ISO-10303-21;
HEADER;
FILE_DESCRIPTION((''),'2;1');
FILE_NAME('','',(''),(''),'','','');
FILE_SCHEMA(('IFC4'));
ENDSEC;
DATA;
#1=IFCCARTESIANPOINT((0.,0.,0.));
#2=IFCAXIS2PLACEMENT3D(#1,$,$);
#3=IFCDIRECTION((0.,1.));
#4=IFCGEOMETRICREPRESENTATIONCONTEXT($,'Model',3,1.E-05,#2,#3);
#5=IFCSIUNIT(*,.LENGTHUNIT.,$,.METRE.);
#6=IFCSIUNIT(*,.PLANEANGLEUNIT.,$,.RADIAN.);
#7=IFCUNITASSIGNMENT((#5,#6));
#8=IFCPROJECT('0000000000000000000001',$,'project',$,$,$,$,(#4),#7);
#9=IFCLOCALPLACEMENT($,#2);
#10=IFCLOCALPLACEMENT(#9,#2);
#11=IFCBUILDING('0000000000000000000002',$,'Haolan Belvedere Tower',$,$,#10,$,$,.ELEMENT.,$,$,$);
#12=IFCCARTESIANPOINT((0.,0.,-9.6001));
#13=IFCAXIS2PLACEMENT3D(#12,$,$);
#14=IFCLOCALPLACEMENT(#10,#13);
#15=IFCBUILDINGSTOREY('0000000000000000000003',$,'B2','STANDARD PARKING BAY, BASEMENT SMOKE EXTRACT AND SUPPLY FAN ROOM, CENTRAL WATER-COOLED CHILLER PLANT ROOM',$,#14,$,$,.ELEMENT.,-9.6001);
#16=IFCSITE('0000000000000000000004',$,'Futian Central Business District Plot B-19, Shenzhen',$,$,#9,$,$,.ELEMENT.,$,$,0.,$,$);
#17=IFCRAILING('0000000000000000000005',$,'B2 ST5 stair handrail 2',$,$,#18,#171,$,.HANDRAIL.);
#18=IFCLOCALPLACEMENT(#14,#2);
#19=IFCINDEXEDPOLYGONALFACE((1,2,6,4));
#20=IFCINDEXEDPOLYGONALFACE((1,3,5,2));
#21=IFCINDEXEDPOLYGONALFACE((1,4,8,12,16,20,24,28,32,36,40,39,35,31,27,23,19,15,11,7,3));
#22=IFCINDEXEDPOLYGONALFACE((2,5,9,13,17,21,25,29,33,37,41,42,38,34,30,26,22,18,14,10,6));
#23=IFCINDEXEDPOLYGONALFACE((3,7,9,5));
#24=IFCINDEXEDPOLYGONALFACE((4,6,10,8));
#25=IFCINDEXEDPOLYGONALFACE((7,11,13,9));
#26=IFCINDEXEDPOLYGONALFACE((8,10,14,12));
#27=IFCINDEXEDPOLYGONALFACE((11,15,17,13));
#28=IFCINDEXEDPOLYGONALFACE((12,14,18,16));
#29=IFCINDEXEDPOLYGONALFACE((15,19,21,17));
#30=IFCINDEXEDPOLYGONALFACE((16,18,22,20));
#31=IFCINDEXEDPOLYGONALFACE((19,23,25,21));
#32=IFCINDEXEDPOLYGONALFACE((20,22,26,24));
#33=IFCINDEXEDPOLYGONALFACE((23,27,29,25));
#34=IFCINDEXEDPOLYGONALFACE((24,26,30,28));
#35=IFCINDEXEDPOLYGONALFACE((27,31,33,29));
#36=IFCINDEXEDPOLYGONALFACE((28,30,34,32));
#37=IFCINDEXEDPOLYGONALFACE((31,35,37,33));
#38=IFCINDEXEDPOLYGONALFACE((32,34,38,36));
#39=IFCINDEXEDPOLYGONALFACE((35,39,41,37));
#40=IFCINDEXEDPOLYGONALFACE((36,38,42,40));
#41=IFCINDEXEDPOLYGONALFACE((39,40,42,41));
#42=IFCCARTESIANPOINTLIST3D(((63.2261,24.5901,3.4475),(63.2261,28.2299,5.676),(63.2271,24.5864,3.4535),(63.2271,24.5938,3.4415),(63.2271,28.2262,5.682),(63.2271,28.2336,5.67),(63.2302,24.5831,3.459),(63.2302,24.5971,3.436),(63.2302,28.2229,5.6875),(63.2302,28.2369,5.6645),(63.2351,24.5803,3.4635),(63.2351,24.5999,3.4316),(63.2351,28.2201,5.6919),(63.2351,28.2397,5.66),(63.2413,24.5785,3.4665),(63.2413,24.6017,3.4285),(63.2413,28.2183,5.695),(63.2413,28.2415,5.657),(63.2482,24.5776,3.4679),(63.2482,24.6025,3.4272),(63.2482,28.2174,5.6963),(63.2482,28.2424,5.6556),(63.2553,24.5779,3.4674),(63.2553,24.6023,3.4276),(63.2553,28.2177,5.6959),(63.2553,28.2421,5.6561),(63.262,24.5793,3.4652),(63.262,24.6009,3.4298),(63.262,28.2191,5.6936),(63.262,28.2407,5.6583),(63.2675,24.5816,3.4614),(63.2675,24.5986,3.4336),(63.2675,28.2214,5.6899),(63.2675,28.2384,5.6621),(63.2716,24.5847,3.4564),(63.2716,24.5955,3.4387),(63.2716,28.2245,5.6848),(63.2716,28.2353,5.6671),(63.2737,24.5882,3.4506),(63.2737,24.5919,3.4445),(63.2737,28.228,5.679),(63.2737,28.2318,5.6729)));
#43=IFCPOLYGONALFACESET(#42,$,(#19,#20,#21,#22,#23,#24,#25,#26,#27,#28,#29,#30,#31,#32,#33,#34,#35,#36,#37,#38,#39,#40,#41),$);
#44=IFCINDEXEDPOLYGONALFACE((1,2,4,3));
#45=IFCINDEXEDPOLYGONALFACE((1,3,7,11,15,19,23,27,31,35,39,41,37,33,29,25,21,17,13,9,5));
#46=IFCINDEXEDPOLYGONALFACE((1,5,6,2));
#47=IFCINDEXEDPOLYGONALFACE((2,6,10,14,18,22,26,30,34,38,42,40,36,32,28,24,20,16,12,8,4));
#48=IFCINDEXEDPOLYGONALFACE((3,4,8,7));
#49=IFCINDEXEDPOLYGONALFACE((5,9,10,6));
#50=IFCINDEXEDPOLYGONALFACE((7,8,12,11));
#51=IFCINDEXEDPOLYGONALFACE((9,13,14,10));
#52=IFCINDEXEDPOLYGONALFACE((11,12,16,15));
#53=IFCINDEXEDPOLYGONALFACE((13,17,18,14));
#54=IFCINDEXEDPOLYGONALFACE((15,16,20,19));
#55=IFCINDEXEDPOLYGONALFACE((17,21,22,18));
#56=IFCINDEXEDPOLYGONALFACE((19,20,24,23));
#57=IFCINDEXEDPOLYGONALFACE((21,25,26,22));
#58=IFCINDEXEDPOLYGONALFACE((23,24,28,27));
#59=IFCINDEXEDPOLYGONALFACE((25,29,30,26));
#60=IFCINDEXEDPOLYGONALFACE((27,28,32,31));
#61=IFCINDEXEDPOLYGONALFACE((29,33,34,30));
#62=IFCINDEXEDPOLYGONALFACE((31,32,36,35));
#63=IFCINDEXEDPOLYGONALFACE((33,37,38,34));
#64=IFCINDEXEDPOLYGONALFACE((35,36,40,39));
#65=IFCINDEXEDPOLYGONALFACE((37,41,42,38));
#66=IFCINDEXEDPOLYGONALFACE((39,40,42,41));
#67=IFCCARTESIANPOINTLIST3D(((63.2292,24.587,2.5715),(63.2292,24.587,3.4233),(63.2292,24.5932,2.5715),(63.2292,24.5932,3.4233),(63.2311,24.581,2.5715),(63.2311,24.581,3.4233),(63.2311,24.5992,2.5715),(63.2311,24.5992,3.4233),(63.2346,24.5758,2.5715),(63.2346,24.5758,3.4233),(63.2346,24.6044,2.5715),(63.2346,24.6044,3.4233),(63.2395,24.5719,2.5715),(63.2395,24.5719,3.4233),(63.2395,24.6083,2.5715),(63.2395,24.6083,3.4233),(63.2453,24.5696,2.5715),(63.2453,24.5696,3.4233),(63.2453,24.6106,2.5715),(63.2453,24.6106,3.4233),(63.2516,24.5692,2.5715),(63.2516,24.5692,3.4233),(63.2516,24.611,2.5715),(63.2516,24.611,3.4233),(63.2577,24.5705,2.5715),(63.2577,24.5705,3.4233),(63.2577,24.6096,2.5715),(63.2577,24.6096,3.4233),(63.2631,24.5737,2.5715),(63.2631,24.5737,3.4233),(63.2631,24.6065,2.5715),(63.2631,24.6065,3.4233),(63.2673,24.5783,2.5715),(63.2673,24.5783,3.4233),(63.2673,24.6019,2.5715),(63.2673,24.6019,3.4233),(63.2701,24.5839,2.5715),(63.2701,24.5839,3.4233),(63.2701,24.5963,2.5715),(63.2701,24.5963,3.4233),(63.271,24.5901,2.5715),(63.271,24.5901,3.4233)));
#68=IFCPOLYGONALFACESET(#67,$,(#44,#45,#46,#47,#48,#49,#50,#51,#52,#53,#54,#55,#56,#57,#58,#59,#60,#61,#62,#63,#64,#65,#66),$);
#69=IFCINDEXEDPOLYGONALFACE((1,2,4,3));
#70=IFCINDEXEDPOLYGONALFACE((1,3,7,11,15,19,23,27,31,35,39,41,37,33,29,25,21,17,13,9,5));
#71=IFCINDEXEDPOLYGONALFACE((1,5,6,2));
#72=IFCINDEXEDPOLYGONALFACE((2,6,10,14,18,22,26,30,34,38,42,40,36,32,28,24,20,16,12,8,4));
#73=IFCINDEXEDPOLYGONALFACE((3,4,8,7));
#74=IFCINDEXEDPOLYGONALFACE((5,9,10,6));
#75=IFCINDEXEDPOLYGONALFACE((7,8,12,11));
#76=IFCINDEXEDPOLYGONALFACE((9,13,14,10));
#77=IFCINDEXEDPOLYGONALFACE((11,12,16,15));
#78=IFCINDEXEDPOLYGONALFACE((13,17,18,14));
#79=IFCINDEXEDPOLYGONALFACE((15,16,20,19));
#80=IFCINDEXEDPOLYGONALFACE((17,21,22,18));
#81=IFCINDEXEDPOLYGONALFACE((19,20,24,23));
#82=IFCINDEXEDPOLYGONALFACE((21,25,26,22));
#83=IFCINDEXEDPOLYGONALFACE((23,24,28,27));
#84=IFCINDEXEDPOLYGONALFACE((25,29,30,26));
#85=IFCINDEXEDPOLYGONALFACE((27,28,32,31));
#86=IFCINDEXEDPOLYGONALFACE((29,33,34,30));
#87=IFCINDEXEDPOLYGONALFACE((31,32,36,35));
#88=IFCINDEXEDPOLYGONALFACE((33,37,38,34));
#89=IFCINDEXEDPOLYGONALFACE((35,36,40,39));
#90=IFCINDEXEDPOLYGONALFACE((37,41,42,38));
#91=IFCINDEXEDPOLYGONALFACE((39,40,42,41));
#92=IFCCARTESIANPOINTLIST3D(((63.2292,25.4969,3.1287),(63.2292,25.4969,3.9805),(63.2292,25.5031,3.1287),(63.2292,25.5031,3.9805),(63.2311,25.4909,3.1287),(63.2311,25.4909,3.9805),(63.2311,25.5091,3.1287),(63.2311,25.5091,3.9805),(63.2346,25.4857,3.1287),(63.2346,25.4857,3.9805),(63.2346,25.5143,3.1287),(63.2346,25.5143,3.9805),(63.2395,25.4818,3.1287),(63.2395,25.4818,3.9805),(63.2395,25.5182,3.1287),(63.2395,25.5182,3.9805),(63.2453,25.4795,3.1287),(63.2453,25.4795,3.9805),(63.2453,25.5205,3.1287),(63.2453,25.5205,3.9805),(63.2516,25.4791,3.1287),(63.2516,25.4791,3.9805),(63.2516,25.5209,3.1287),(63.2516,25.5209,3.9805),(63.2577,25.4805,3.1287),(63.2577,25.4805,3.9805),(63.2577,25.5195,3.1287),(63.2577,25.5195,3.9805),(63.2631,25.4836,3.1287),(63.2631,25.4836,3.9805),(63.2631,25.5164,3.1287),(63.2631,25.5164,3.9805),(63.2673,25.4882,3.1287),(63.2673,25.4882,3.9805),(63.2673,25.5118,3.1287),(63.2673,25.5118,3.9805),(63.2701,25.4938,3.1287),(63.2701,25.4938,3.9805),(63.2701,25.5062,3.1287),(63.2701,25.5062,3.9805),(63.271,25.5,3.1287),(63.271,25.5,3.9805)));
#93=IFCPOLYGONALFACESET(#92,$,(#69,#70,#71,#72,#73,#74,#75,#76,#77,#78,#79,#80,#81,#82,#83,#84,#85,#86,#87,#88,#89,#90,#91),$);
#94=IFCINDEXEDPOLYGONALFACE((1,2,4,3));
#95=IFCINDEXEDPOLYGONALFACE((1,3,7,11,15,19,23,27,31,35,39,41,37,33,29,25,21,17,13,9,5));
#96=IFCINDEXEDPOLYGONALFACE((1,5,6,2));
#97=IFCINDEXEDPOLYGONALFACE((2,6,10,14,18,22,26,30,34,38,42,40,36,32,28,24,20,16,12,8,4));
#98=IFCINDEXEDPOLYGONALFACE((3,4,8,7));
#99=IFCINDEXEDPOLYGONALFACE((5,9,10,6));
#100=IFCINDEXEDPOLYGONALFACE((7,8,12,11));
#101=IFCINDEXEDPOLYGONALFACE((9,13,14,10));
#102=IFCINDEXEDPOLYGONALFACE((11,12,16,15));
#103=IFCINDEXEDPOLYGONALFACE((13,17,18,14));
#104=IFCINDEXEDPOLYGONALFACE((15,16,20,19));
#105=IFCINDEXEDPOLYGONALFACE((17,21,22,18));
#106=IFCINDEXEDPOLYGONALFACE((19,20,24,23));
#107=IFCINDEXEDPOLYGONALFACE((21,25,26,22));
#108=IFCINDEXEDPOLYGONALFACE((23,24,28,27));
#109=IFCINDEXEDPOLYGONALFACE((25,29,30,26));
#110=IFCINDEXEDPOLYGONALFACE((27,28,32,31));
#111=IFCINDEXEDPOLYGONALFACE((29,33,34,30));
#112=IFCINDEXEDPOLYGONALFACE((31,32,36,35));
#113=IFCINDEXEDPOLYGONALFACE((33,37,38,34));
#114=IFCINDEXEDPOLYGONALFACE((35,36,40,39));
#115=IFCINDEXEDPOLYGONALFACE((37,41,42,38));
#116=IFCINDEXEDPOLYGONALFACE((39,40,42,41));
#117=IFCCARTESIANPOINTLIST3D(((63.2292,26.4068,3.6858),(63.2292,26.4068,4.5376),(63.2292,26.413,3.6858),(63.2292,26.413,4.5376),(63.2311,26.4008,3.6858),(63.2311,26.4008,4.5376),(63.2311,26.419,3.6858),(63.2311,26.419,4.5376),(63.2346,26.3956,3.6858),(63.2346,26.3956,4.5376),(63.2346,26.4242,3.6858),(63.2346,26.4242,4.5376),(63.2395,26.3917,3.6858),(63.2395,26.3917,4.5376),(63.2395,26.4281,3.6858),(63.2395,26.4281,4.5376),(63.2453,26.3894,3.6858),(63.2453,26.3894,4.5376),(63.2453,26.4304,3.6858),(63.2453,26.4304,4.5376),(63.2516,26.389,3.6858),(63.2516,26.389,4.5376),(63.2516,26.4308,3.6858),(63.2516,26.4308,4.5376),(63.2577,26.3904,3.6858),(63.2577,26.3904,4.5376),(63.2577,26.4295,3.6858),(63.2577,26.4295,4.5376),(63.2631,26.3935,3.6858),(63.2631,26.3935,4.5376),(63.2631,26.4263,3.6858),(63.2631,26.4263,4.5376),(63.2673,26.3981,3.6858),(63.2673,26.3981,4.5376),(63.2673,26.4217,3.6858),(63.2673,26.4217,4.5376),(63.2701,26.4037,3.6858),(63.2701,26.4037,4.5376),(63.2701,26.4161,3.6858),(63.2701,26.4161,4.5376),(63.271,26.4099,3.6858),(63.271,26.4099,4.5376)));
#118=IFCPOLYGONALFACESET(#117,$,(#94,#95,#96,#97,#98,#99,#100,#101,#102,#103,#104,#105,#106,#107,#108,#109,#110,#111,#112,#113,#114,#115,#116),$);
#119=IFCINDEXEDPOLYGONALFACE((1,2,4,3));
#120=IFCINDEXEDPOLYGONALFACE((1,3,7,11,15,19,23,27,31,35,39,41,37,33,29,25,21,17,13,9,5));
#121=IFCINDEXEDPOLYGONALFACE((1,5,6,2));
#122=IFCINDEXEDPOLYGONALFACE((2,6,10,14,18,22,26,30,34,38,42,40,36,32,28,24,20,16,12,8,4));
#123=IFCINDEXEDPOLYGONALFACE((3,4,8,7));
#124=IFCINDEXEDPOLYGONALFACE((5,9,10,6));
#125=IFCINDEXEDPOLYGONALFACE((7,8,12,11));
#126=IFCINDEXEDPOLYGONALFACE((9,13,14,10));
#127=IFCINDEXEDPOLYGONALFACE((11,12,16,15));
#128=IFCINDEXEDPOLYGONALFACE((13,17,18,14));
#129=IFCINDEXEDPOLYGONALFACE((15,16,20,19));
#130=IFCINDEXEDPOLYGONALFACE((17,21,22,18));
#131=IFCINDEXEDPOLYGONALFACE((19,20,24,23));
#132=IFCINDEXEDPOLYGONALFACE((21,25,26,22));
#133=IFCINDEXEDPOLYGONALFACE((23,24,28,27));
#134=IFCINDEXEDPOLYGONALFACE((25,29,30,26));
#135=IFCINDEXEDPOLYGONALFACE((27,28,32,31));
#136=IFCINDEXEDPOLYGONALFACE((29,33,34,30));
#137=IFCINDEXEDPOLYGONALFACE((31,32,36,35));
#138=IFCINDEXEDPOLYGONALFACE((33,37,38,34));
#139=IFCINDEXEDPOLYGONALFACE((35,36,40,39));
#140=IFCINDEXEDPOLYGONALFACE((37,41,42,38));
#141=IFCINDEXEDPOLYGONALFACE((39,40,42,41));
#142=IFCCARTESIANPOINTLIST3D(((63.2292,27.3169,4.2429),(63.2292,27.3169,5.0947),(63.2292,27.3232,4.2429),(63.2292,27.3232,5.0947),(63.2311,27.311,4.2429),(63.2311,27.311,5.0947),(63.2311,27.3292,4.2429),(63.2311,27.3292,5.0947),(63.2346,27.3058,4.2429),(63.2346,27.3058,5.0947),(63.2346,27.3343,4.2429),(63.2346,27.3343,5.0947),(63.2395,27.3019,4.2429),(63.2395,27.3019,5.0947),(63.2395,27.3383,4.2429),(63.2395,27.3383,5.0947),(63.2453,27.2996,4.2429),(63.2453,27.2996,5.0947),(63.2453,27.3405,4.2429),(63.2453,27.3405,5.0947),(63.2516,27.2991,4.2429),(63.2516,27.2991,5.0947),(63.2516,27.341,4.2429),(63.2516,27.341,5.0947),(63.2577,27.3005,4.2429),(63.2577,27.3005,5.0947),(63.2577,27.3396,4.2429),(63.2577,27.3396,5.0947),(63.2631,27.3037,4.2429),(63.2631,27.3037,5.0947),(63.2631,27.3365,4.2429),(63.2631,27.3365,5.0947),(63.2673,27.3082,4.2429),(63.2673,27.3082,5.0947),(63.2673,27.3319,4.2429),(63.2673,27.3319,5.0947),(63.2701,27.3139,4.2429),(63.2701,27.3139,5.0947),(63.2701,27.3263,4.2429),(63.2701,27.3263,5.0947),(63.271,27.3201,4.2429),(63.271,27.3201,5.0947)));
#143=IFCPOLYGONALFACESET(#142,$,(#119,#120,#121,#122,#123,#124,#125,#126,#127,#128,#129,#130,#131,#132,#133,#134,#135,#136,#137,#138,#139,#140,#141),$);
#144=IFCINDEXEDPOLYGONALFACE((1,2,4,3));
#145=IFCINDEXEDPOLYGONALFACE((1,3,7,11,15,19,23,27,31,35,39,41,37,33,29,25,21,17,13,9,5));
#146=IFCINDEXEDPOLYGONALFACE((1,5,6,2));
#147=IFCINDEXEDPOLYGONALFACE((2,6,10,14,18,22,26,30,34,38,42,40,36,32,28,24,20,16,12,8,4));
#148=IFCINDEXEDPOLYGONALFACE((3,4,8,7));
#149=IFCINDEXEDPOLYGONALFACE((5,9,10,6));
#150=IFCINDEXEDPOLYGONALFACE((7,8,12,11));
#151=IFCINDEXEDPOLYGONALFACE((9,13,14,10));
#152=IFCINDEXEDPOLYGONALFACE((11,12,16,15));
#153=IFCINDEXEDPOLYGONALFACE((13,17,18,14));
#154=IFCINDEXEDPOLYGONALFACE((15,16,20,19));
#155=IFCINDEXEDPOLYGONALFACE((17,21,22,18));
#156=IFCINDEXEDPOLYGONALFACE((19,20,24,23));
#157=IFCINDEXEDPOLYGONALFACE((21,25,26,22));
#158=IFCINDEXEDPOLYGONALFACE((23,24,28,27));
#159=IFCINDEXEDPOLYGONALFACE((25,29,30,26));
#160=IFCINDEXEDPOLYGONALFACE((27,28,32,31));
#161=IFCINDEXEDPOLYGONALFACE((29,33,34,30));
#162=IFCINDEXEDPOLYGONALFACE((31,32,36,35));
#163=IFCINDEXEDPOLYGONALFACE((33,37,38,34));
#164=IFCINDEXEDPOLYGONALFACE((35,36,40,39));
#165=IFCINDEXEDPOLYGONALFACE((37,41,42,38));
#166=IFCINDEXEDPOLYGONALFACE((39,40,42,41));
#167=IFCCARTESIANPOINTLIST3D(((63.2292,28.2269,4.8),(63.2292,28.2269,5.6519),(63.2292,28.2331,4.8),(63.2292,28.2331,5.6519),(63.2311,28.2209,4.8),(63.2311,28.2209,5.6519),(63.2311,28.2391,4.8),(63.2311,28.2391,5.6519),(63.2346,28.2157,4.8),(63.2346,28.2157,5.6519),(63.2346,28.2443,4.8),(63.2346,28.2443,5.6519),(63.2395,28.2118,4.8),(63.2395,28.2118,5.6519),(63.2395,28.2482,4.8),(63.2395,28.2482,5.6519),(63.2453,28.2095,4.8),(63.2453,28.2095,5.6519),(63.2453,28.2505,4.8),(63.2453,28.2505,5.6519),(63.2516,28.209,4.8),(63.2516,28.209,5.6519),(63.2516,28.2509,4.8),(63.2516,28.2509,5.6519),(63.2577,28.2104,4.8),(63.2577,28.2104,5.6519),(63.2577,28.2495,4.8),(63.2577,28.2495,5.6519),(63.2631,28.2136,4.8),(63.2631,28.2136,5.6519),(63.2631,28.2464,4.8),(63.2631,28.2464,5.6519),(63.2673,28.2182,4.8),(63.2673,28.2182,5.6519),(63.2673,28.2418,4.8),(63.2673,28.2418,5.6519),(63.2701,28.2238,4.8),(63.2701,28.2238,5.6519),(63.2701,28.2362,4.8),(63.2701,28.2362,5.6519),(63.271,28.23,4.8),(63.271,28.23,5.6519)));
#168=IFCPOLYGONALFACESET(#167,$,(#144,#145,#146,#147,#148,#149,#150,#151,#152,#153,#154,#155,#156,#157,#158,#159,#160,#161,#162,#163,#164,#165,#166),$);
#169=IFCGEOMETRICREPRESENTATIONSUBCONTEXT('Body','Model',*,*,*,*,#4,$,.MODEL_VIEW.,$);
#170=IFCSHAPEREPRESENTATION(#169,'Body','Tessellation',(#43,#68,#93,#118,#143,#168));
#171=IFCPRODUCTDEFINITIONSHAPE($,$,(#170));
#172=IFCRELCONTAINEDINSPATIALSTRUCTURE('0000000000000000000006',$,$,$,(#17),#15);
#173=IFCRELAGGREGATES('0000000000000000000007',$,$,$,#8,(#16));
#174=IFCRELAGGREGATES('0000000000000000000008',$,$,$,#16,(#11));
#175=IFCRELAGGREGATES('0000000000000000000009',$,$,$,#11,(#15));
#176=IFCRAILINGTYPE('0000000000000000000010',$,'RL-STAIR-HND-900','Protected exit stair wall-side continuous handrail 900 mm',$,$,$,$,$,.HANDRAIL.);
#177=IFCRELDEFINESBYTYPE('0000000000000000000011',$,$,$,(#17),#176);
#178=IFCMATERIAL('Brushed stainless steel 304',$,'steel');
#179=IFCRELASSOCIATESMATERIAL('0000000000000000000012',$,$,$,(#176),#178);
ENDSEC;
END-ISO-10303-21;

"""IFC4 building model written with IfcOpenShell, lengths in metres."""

from ifc_helpers import new_model, si_unit, direction, frame, origin, origin_2d, place, context, subcontext, project, spatial, circle, extrude, material, type_object, element, save


model = new_model("IFC4")

# Units and contexts
model_context = context("Model", 3, precision=1e-05, world=origin(), true_north=direction((0.0, 1.0)))
body_context = subcontext(model_context, "Body", "Model", "MODEL_VIEW")
ifc_project = project(units=[si_unit("LENGTHUNIT", "METRE"), si_unit("PLANEANGLEUNIT", "RADIAN")], contexts=[model_context])

# Site, building, storey
site_placement = place(None, origin())
site = spatial("IfcSite", under=ifc_project, at=site_placement, Name="Futian Central Business District Plot B-19, Shenzhen", CompositionType="ELEMENT", RefElevation=0.0)
building_placement = place(site_placement, origin())
building = spatial("IfcBuilding", under=site, at=building_placement, Name="Haolan Belvedere Tower", CompositionType="ELEMENT")
storey_placement = place(building_placement, frame((0.0, 0.0, -9.6001)))
storey = spatial("IfcBuildingStorey", under=building, at=storey_placement, Name="B2", Description="STANDARD PARKING BAY, BASEMENT SMOKE EXTRACT AND SUPPLY FAN ROOM, CENTRAL WATER-COOLED CHILLER PLANT ROOM", CompositionType="ELEMENT", Elevation=-9.6001)

# Railing
ifc_material_1 = material(Name="Brushed stainless steel 304", Category="steel")
railing_type_1 = type_object("IfcRailingType", Name="RL-STAIR-HND-900", Description="Protected exit stair wall-side continuous handrail 900 mm", PredefinedType="HANDRAIL", material=ifc_material_1)
railing_1_placement = place(storey_placement, frame((63.25, 24.5901, 2.5715)))
element("IfcRailing", 1, at=railing_1_placement, inside=storey, type_object=railing_type_1, Name="B2 ST5 stair handrail 2", PredefinedType="HANDRAIL", context=body_context, shape_type="SweptSolid", body=[
    extrude(circle(Radius=0.0239, at=origin_2d()), frame((0.0, 0.0, 0.876), z_axis=(0.0, 0.85285, 0.522156), x_axis=(-1.0, 0.0, 0.0)), (0.0, 0.0, 1.0), 4.2678),
    extrude(circle(Radius=0.021, at=origin_2d()), origin(), (0.0, 0.0, 1.0), 0.8518),
    extrude(circle(Radius=0.021, at=origin_2d()), frame((0.0, 0.9099, 0.5571)), (0.0, 0.0, 1.0), 0.8518),
    extrude(circle(Radius=0.021, at=origin_2d()), frame((0.0, 1.8198, 1.1143)), (0.0, 0.0, 1.0), 0.8518),
    extrude(circle(Radius=0.021, at=origin_2d()), frame((0.0, 2.73, 1.6714)), (0.0, 0.0, 1.0), 0.8518),
    extrude(circle(Radius=0.021, at=origin_2d()), frame((0.0, 3.6399, 2.2285)), (0.0, 0.0, 1.0), 0.8518),
])

save(model, "model.ifc")
